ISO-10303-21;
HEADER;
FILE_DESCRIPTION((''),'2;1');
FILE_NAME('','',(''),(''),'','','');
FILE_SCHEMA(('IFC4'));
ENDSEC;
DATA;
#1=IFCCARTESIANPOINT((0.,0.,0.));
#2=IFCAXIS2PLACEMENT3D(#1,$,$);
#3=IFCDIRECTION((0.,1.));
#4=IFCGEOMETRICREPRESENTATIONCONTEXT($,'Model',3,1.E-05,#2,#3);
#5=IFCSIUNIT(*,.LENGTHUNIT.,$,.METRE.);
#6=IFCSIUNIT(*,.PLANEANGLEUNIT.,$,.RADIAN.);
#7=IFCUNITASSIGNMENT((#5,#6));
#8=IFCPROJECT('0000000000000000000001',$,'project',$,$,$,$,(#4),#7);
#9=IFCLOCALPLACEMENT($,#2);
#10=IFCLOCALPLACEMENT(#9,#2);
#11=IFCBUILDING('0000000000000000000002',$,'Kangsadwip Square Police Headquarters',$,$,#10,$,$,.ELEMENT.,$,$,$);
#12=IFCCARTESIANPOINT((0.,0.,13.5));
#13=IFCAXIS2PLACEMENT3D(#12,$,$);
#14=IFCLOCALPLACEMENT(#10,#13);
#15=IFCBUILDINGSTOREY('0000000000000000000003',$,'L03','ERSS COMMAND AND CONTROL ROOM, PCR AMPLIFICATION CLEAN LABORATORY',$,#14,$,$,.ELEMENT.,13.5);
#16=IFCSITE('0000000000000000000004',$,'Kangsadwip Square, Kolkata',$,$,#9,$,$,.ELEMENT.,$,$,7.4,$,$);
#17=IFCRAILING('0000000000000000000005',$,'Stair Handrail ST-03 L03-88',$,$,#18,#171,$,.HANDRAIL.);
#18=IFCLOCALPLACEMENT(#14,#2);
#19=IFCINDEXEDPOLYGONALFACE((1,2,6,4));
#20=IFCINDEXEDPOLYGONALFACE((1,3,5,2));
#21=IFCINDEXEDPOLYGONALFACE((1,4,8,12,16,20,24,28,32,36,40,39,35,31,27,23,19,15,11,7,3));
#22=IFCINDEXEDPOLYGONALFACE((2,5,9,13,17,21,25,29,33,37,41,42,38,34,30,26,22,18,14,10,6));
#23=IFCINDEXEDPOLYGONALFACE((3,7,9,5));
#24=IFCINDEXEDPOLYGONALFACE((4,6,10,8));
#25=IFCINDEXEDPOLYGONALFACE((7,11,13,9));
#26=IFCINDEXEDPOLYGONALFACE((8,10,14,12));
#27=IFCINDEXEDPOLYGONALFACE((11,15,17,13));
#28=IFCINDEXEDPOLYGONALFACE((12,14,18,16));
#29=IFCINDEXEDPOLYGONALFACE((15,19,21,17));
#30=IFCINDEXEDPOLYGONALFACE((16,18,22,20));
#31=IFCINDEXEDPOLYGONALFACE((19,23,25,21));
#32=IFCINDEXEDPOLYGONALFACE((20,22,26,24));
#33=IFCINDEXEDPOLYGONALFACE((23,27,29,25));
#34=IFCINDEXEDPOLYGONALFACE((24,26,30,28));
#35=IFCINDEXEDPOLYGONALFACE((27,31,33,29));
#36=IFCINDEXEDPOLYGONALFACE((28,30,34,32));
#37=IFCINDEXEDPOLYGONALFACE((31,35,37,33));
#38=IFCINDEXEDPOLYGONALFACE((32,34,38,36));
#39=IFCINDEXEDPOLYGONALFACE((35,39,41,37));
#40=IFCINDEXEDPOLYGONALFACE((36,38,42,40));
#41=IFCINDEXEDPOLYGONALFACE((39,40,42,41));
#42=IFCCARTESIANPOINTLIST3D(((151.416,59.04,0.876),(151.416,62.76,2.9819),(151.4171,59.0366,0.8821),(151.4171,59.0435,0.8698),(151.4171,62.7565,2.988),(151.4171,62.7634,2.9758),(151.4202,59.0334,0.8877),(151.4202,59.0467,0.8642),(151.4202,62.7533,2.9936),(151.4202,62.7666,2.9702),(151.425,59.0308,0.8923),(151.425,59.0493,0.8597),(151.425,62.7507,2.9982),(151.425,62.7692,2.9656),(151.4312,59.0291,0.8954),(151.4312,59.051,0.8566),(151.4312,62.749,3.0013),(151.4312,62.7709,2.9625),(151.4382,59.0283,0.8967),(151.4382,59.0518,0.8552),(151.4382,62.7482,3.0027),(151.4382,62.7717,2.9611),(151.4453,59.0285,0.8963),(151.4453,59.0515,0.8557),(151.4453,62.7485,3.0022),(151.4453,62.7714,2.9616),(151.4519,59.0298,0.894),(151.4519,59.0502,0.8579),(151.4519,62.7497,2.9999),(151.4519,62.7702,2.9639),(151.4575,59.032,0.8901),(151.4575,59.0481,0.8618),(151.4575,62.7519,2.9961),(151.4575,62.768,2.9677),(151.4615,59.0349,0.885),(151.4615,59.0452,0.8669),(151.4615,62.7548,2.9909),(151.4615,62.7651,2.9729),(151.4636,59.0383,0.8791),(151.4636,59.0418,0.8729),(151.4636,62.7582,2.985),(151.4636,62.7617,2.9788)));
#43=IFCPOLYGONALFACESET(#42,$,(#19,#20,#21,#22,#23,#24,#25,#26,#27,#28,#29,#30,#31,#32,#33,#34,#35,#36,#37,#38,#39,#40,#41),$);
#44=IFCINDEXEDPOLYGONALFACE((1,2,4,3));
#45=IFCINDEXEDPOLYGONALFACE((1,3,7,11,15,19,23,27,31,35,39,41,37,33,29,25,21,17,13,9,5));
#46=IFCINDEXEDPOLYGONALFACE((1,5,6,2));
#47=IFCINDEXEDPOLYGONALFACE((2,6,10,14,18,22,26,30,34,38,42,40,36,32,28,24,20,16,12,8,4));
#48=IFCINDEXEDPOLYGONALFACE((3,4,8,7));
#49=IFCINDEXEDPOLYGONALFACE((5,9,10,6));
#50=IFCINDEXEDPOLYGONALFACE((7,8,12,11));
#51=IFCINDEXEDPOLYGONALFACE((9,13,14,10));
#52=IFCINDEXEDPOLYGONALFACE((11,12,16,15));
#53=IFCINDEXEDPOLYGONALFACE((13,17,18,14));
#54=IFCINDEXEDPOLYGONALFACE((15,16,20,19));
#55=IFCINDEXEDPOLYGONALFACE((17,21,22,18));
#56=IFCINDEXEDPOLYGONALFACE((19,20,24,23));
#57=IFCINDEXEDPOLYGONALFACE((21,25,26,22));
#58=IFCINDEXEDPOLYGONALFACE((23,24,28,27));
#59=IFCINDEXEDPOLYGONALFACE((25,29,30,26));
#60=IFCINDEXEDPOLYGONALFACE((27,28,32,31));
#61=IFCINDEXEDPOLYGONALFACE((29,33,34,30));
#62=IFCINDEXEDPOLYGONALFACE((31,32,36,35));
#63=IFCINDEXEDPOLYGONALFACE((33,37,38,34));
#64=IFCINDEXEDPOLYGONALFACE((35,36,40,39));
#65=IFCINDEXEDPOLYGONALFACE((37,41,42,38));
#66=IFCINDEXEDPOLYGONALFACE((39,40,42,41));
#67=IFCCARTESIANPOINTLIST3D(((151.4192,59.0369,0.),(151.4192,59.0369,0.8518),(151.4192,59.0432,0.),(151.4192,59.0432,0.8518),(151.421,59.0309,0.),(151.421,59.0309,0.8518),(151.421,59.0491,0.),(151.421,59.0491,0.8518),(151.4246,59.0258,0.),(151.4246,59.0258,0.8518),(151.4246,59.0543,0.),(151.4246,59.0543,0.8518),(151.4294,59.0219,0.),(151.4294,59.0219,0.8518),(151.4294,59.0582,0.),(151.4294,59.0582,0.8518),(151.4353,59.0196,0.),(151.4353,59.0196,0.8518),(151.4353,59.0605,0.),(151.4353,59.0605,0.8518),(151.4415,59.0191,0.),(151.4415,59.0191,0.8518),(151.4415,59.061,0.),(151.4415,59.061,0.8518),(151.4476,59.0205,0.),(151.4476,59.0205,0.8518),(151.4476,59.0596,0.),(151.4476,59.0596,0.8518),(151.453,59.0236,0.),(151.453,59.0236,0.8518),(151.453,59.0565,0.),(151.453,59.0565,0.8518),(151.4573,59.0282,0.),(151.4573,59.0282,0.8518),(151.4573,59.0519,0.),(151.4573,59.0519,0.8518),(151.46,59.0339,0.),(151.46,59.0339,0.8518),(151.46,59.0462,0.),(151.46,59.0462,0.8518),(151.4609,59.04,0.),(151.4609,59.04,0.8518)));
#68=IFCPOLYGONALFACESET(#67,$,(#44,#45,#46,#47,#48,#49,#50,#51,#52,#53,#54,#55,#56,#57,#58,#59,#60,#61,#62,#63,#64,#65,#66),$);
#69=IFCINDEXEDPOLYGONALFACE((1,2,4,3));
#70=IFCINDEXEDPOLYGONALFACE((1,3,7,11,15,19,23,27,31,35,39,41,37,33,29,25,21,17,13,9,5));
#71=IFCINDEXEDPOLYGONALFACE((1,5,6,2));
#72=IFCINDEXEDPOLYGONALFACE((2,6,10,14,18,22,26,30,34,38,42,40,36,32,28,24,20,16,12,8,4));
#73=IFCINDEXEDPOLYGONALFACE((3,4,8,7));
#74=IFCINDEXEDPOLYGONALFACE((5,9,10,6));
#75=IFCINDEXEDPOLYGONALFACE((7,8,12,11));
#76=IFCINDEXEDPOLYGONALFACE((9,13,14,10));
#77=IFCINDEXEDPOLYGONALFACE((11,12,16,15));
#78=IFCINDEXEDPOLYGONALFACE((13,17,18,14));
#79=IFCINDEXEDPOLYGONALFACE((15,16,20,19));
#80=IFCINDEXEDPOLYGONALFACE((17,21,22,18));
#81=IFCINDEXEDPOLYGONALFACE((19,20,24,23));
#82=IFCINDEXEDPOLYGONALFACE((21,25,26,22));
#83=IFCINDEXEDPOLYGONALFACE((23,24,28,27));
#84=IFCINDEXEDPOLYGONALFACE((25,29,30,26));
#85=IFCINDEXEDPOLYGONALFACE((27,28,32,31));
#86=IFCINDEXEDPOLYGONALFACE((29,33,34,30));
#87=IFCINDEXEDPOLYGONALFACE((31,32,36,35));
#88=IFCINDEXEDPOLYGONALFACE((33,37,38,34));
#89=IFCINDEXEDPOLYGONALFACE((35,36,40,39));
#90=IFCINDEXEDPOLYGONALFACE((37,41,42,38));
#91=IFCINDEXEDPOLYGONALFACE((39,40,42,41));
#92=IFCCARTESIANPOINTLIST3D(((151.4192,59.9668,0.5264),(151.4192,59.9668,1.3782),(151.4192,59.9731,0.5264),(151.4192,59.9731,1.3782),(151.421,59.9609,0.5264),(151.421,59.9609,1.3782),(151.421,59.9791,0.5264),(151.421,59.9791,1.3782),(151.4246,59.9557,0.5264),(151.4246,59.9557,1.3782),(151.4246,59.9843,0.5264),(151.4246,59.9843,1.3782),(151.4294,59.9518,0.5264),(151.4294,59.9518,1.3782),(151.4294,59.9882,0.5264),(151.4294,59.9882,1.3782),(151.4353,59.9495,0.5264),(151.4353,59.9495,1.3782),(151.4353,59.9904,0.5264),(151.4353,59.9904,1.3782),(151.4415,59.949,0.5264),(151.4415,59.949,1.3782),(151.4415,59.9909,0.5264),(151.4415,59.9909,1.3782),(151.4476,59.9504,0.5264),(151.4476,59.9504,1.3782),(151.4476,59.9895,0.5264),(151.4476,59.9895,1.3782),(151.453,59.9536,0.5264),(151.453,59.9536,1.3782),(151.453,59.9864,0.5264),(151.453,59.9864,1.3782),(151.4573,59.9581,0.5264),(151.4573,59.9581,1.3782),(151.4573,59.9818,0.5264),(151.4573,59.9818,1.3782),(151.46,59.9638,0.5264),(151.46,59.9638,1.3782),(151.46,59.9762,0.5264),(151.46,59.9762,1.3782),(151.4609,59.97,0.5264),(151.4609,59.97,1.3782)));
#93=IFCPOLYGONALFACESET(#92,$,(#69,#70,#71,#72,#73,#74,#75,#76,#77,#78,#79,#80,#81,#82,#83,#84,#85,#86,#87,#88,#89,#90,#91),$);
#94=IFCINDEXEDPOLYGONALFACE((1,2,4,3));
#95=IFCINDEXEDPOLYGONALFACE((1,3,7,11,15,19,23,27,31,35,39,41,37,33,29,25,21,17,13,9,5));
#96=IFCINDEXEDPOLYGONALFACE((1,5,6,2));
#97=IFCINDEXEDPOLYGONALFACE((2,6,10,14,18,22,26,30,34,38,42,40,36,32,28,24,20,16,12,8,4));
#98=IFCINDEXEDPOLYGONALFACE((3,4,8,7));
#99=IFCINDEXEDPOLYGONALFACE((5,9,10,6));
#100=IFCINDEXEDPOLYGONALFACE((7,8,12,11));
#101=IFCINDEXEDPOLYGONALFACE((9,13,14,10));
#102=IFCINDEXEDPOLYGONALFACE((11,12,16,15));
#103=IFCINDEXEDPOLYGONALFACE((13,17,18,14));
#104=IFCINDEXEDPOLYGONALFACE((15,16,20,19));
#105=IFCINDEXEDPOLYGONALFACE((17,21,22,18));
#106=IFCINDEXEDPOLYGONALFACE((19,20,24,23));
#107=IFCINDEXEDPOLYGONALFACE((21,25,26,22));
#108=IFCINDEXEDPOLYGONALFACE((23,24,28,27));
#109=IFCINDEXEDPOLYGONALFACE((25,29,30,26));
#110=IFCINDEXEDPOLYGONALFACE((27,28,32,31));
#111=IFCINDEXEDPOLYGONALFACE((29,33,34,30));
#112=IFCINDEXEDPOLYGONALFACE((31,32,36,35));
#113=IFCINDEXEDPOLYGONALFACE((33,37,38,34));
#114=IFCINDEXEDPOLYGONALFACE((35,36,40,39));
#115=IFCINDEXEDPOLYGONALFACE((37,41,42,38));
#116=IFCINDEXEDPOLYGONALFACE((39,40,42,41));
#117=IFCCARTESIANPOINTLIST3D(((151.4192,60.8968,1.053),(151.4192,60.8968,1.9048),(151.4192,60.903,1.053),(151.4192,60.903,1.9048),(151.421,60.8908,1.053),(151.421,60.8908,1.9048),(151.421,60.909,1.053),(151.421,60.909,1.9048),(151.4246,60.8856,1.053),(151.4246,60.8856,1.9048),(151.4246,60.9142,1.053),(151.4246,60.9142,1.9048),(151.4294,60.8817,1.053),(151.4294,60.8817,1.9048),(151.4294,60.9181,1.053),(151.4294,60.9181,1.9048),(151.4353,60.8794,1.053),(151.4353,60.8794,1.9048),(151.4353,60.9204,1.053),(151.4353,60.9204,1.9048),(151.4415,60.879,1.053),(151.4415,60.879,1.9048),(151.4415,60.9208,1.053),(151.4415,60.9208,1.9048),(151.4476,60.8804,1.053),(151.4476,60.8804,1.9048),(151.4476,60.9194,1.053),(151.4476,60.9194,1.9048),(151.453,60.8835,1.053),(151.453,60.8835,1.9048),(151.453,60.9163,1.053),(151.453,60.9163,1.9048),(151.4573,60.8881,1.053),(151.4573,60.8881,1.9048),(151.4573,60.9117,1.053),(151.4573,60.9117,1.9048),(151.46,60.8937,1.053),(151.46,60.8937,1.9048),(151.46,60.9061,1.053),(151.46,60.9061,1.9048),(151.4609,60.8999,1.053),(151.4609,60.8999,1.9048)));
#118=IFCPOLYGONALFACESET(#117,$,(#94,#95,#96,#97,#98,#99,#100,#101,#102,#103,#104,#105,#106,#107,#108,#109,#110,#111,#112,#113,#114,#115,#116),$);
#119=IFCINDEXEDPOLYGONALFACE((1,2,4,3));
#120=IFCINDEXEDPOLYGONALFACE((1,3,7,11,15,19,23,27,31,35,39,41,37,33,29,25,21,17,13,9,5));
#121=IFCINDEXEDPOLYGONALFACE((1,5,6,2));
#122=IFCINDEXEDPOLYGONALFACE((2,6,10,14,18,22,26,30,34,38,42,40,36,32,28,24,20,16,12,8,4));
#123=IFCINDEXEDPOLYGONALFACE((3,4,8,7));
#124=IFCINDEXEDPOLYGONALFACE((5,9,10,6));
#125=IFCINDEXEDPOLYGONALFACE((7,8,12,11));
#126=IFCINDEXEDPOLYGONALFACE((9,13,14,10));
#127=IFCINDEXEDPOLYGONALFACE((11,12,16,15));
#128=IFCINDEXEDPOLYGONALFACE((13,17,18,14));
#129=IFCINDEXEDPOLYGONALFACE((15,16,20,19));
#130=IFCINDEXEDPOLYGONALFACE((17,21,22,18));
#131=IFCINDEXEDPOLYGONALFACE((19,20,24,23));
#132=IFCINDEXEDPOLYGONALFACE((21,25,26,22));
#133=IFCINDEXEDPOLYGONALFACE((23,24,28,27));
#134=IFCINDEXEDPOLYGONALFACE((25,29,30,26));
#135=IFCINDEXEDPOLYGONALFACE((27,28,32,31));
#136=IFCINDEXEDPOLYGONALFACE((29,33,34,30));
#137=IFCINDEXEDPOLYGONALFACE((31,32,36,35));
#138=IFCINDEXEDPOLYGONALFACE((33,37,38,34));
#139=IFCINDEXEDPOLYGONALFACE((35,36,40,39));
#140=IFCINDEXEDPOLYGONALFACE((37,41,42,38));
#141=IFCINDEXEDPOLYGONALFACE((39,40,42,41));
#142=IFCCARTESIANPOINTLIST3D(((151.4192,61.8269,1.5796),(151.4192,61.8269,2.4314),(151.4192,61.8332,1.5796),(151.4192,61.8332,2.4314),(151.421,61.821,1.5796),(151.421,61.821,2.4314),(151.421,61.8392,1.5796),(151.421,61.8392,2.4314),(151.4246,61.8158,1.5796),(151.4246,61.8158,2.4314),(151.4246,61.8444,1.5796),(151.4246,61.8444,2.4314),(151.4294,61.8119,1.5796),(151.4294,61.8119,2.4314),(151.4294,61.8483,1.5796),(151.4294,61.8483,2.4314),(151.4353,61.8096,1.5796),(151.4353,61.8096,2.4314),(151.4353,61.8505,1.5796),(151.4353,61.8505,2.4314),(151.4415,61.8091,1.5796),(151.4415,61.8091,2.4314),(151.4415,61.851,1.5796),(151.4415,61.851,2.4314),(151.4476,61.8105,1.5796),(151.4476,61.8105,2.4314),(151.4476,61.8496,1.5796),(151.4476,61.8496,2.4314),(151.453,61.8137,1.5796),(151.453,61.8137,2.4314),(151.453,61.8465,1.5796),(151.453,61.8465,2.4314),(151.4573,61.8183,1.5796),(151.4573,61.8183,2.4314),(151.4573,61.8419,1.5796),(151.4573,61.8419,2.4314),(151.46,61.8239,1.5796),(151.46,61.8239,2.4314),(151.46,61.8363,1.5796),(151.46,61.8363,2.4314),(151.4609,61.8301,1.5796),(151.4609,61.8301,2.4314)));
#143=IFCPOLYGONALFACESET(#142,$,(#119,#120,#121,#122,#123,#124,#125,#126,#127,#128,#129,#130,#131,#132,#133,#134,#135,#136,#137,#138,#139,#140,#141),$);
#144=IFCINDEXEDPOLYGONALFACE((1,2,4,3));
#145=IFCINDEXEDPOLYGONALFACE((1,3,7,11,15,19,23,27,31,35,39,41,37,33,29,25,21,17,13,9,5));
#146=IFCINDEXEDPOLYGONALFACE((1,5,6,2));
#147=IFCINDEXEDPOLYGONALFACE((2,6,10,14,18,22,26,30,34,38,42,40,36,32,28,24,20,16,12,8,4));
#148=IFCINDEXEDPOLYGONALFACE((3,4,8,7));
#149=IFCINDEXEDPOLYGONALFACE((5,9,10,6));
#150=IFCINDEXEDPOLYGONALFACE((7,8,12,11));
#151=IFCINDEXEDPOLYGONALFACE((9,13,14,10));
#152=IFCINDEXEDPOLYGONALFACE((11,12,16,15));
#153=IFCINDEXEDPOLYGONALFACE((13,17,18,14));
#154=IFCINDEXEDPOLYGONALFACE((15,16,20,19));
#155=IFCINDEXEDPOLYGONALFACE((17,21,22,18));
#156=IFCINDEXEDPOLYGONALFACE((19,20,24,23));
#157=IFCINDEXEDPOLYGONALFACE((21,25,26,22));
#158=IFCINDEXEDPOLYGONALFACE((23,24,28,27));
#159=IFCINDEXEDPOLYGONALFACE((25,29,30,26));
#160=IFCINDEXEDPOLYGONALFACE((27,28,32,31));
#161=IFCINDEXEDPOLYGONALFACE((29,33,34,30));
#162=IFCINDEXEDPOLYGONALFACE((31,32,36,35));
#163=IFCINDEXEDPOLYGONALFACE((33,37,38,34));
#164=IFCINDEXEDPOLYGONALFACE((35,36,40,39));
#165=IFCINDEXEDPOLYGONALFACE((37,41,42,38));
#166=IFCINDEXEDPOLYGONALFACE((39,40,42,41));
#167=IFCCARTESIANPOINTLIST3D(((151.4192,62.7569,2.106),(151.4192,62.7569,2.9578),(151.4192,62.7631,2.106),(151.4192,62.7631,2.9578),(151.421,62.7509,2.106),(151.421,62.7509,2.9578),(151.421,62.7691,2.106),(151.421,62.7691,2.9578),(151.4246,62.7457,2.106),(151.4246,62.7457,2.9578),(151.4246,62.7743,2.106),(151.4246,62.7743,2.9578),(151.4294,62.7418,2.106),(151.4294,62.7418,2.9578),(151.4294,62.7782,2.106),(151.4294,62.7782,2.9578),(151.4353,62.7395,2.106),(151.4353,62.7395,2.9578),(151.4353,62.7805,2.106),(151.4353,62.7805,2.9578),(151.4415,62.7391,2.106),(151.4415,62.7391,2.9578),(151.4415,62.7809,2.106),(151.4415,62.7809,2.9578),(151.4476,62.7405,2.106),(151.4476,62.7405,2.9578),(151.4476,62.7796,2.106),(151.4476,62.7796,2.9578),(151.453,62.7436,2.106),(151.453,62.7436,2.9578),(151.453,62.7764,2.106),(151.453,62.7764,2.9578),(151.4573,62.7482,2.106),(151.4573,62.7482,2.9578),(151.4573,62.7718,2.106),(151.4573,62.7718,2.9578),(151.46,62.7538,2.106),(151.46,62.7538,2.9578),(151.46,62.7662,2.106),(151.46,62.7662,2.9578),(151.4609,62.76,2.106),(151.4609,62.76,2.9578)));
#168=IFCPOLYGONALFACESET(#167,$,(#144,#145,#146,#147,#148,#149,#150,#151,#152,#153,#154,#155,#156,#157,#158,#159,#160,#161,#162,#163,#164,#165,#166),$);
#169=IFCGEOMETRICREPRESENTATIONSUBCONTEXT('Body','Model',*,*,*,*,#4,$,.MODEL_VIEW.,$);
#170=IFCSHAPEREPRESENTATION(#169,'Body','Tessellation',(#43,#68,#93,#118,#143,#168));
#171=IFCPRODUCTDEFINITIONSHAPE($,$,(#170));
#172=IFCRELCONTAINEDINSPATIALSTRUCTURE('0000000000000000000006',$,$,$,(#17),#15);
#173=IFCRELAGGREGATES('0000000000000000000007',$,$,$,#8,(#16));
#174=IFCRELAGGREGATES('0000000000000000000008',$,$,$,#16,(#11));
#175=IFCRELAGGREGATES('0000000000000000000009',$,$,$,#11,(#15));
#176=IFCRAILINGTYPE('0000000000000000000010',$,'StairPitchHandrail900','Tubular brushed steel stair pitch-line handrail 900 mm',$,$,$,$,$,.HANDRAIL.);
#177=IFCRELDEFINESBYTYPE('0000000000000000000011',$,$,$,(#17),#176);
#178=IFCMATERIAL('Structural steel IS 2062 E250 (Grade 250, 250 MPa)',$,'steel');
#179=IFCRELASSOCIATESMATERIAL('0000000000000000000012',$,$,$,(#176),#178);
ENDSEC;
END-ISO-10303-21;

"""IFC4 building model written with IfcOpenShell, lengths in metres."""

from ifc_helpers import new_model, si_unit, direction, frame, origin, origin_2d, place, context, subcontext, project, spatial, circle, extrude, material, type_object, element, save


model = new_model("IFC4")

# Units and contexts
model_context = context("Model", 3, precision=1e-05, world=origin(), true_north=direction((0.0, 1.0)))
body_context = subcontext(model_context, "Body", "Model", "MODEL_VIEW")
ifc_project = project(units=[si_unit("LENGTHUNIT", "METRE"), si_unit("PLANEANGLEUNIT", "RADIAN")], contexts=[model_context])

# Site, building, storey
site_placement = place(None, origin())
site = spatial("IfcSite", under=ifc_project, at=site_placement, Name="Kangsadwip Square, Kolkata", CompositionType="ELEMENT", RefElevation=7.4)
building_placement = place(site_placement, origin())
building = spatial("IfcBuilding", under=site, at=building_placement, Name="Kangsadwip Square Police Headquarters", CompositionType="ELEMENT")
storey_placement = place(building_placement, frame((0.0, 0.0, 13.5)))
storey = spatial("IfcBuildingStorey", under=building, at=storey_placement, Name="L03", Description="ERSS COMMAND AND CONTROL ROOM, PCR AMPLIFICATION CLEAN LABORATORY", CompositionType="ELEMENT", Elevation=13.5)

# Railing
ifc_material_1 = material(Name="Structural steel IS 2062 E250 (Grade 250, 250 MPa)", Category="steel")
railing_type_1 = type_object("IfcRailingType", Name="StairPitchHandrail900", Description="Tubular brushed steel stair pitch-line handrail 900 mm", PredefinedType="HANDRAIL", material=ifc_material_1)
railing_1_placement = place(storey_placement, frame((151.4399, 59.04, 0.0)))
element("IfcRailing", 1, at=railing_1_placement, inside=storey, type_object=railing_type_1, Name="Stair Handrail ST-03 L03-88", PredefinedType="HANDRAIL", context=body_context, shape_type="SweptSolid", body=[
    extrude(circle(Radius=0.0239, at=origin_2d()), frame((0.0, 0.0, 0.876), z_axis=(0.0, 0.870225, 0.492654), x_axis=(-1.0, 0.0, 0.0)), (0.0, 0.0, 1.0), 4.2747),
    extrude(circle(Radius=0.021, at=origin_2d()), origin(), (0.0, 0.0, 1.0), 0.8518),
    extrude(circle(Radius=0.021, at=origin_2d()), frame((0.0, 0.9299, 0.5264)), (0.0, 0.0, 1.0), 0.8518),
    extrude(circle(Radius=0.021, at=origin_2d()), frame((0.0, 1.8599, 1.053)), (0.0, 0.0, 1.0), 0.8518),
    extrude(circle(Radius=0.021, at=origin_2d()), frame((0.0, 2.79, 1.5796)), (0.0, 0.0, 1.0), 0.8518),
    extrude(circle(Radius=0.021, at=origin_2d()), frame((0.0, 3.72, 2.106)), (0.0, 0.0, 1.0), 0.8518),
])

save(model, "model.ifc")
